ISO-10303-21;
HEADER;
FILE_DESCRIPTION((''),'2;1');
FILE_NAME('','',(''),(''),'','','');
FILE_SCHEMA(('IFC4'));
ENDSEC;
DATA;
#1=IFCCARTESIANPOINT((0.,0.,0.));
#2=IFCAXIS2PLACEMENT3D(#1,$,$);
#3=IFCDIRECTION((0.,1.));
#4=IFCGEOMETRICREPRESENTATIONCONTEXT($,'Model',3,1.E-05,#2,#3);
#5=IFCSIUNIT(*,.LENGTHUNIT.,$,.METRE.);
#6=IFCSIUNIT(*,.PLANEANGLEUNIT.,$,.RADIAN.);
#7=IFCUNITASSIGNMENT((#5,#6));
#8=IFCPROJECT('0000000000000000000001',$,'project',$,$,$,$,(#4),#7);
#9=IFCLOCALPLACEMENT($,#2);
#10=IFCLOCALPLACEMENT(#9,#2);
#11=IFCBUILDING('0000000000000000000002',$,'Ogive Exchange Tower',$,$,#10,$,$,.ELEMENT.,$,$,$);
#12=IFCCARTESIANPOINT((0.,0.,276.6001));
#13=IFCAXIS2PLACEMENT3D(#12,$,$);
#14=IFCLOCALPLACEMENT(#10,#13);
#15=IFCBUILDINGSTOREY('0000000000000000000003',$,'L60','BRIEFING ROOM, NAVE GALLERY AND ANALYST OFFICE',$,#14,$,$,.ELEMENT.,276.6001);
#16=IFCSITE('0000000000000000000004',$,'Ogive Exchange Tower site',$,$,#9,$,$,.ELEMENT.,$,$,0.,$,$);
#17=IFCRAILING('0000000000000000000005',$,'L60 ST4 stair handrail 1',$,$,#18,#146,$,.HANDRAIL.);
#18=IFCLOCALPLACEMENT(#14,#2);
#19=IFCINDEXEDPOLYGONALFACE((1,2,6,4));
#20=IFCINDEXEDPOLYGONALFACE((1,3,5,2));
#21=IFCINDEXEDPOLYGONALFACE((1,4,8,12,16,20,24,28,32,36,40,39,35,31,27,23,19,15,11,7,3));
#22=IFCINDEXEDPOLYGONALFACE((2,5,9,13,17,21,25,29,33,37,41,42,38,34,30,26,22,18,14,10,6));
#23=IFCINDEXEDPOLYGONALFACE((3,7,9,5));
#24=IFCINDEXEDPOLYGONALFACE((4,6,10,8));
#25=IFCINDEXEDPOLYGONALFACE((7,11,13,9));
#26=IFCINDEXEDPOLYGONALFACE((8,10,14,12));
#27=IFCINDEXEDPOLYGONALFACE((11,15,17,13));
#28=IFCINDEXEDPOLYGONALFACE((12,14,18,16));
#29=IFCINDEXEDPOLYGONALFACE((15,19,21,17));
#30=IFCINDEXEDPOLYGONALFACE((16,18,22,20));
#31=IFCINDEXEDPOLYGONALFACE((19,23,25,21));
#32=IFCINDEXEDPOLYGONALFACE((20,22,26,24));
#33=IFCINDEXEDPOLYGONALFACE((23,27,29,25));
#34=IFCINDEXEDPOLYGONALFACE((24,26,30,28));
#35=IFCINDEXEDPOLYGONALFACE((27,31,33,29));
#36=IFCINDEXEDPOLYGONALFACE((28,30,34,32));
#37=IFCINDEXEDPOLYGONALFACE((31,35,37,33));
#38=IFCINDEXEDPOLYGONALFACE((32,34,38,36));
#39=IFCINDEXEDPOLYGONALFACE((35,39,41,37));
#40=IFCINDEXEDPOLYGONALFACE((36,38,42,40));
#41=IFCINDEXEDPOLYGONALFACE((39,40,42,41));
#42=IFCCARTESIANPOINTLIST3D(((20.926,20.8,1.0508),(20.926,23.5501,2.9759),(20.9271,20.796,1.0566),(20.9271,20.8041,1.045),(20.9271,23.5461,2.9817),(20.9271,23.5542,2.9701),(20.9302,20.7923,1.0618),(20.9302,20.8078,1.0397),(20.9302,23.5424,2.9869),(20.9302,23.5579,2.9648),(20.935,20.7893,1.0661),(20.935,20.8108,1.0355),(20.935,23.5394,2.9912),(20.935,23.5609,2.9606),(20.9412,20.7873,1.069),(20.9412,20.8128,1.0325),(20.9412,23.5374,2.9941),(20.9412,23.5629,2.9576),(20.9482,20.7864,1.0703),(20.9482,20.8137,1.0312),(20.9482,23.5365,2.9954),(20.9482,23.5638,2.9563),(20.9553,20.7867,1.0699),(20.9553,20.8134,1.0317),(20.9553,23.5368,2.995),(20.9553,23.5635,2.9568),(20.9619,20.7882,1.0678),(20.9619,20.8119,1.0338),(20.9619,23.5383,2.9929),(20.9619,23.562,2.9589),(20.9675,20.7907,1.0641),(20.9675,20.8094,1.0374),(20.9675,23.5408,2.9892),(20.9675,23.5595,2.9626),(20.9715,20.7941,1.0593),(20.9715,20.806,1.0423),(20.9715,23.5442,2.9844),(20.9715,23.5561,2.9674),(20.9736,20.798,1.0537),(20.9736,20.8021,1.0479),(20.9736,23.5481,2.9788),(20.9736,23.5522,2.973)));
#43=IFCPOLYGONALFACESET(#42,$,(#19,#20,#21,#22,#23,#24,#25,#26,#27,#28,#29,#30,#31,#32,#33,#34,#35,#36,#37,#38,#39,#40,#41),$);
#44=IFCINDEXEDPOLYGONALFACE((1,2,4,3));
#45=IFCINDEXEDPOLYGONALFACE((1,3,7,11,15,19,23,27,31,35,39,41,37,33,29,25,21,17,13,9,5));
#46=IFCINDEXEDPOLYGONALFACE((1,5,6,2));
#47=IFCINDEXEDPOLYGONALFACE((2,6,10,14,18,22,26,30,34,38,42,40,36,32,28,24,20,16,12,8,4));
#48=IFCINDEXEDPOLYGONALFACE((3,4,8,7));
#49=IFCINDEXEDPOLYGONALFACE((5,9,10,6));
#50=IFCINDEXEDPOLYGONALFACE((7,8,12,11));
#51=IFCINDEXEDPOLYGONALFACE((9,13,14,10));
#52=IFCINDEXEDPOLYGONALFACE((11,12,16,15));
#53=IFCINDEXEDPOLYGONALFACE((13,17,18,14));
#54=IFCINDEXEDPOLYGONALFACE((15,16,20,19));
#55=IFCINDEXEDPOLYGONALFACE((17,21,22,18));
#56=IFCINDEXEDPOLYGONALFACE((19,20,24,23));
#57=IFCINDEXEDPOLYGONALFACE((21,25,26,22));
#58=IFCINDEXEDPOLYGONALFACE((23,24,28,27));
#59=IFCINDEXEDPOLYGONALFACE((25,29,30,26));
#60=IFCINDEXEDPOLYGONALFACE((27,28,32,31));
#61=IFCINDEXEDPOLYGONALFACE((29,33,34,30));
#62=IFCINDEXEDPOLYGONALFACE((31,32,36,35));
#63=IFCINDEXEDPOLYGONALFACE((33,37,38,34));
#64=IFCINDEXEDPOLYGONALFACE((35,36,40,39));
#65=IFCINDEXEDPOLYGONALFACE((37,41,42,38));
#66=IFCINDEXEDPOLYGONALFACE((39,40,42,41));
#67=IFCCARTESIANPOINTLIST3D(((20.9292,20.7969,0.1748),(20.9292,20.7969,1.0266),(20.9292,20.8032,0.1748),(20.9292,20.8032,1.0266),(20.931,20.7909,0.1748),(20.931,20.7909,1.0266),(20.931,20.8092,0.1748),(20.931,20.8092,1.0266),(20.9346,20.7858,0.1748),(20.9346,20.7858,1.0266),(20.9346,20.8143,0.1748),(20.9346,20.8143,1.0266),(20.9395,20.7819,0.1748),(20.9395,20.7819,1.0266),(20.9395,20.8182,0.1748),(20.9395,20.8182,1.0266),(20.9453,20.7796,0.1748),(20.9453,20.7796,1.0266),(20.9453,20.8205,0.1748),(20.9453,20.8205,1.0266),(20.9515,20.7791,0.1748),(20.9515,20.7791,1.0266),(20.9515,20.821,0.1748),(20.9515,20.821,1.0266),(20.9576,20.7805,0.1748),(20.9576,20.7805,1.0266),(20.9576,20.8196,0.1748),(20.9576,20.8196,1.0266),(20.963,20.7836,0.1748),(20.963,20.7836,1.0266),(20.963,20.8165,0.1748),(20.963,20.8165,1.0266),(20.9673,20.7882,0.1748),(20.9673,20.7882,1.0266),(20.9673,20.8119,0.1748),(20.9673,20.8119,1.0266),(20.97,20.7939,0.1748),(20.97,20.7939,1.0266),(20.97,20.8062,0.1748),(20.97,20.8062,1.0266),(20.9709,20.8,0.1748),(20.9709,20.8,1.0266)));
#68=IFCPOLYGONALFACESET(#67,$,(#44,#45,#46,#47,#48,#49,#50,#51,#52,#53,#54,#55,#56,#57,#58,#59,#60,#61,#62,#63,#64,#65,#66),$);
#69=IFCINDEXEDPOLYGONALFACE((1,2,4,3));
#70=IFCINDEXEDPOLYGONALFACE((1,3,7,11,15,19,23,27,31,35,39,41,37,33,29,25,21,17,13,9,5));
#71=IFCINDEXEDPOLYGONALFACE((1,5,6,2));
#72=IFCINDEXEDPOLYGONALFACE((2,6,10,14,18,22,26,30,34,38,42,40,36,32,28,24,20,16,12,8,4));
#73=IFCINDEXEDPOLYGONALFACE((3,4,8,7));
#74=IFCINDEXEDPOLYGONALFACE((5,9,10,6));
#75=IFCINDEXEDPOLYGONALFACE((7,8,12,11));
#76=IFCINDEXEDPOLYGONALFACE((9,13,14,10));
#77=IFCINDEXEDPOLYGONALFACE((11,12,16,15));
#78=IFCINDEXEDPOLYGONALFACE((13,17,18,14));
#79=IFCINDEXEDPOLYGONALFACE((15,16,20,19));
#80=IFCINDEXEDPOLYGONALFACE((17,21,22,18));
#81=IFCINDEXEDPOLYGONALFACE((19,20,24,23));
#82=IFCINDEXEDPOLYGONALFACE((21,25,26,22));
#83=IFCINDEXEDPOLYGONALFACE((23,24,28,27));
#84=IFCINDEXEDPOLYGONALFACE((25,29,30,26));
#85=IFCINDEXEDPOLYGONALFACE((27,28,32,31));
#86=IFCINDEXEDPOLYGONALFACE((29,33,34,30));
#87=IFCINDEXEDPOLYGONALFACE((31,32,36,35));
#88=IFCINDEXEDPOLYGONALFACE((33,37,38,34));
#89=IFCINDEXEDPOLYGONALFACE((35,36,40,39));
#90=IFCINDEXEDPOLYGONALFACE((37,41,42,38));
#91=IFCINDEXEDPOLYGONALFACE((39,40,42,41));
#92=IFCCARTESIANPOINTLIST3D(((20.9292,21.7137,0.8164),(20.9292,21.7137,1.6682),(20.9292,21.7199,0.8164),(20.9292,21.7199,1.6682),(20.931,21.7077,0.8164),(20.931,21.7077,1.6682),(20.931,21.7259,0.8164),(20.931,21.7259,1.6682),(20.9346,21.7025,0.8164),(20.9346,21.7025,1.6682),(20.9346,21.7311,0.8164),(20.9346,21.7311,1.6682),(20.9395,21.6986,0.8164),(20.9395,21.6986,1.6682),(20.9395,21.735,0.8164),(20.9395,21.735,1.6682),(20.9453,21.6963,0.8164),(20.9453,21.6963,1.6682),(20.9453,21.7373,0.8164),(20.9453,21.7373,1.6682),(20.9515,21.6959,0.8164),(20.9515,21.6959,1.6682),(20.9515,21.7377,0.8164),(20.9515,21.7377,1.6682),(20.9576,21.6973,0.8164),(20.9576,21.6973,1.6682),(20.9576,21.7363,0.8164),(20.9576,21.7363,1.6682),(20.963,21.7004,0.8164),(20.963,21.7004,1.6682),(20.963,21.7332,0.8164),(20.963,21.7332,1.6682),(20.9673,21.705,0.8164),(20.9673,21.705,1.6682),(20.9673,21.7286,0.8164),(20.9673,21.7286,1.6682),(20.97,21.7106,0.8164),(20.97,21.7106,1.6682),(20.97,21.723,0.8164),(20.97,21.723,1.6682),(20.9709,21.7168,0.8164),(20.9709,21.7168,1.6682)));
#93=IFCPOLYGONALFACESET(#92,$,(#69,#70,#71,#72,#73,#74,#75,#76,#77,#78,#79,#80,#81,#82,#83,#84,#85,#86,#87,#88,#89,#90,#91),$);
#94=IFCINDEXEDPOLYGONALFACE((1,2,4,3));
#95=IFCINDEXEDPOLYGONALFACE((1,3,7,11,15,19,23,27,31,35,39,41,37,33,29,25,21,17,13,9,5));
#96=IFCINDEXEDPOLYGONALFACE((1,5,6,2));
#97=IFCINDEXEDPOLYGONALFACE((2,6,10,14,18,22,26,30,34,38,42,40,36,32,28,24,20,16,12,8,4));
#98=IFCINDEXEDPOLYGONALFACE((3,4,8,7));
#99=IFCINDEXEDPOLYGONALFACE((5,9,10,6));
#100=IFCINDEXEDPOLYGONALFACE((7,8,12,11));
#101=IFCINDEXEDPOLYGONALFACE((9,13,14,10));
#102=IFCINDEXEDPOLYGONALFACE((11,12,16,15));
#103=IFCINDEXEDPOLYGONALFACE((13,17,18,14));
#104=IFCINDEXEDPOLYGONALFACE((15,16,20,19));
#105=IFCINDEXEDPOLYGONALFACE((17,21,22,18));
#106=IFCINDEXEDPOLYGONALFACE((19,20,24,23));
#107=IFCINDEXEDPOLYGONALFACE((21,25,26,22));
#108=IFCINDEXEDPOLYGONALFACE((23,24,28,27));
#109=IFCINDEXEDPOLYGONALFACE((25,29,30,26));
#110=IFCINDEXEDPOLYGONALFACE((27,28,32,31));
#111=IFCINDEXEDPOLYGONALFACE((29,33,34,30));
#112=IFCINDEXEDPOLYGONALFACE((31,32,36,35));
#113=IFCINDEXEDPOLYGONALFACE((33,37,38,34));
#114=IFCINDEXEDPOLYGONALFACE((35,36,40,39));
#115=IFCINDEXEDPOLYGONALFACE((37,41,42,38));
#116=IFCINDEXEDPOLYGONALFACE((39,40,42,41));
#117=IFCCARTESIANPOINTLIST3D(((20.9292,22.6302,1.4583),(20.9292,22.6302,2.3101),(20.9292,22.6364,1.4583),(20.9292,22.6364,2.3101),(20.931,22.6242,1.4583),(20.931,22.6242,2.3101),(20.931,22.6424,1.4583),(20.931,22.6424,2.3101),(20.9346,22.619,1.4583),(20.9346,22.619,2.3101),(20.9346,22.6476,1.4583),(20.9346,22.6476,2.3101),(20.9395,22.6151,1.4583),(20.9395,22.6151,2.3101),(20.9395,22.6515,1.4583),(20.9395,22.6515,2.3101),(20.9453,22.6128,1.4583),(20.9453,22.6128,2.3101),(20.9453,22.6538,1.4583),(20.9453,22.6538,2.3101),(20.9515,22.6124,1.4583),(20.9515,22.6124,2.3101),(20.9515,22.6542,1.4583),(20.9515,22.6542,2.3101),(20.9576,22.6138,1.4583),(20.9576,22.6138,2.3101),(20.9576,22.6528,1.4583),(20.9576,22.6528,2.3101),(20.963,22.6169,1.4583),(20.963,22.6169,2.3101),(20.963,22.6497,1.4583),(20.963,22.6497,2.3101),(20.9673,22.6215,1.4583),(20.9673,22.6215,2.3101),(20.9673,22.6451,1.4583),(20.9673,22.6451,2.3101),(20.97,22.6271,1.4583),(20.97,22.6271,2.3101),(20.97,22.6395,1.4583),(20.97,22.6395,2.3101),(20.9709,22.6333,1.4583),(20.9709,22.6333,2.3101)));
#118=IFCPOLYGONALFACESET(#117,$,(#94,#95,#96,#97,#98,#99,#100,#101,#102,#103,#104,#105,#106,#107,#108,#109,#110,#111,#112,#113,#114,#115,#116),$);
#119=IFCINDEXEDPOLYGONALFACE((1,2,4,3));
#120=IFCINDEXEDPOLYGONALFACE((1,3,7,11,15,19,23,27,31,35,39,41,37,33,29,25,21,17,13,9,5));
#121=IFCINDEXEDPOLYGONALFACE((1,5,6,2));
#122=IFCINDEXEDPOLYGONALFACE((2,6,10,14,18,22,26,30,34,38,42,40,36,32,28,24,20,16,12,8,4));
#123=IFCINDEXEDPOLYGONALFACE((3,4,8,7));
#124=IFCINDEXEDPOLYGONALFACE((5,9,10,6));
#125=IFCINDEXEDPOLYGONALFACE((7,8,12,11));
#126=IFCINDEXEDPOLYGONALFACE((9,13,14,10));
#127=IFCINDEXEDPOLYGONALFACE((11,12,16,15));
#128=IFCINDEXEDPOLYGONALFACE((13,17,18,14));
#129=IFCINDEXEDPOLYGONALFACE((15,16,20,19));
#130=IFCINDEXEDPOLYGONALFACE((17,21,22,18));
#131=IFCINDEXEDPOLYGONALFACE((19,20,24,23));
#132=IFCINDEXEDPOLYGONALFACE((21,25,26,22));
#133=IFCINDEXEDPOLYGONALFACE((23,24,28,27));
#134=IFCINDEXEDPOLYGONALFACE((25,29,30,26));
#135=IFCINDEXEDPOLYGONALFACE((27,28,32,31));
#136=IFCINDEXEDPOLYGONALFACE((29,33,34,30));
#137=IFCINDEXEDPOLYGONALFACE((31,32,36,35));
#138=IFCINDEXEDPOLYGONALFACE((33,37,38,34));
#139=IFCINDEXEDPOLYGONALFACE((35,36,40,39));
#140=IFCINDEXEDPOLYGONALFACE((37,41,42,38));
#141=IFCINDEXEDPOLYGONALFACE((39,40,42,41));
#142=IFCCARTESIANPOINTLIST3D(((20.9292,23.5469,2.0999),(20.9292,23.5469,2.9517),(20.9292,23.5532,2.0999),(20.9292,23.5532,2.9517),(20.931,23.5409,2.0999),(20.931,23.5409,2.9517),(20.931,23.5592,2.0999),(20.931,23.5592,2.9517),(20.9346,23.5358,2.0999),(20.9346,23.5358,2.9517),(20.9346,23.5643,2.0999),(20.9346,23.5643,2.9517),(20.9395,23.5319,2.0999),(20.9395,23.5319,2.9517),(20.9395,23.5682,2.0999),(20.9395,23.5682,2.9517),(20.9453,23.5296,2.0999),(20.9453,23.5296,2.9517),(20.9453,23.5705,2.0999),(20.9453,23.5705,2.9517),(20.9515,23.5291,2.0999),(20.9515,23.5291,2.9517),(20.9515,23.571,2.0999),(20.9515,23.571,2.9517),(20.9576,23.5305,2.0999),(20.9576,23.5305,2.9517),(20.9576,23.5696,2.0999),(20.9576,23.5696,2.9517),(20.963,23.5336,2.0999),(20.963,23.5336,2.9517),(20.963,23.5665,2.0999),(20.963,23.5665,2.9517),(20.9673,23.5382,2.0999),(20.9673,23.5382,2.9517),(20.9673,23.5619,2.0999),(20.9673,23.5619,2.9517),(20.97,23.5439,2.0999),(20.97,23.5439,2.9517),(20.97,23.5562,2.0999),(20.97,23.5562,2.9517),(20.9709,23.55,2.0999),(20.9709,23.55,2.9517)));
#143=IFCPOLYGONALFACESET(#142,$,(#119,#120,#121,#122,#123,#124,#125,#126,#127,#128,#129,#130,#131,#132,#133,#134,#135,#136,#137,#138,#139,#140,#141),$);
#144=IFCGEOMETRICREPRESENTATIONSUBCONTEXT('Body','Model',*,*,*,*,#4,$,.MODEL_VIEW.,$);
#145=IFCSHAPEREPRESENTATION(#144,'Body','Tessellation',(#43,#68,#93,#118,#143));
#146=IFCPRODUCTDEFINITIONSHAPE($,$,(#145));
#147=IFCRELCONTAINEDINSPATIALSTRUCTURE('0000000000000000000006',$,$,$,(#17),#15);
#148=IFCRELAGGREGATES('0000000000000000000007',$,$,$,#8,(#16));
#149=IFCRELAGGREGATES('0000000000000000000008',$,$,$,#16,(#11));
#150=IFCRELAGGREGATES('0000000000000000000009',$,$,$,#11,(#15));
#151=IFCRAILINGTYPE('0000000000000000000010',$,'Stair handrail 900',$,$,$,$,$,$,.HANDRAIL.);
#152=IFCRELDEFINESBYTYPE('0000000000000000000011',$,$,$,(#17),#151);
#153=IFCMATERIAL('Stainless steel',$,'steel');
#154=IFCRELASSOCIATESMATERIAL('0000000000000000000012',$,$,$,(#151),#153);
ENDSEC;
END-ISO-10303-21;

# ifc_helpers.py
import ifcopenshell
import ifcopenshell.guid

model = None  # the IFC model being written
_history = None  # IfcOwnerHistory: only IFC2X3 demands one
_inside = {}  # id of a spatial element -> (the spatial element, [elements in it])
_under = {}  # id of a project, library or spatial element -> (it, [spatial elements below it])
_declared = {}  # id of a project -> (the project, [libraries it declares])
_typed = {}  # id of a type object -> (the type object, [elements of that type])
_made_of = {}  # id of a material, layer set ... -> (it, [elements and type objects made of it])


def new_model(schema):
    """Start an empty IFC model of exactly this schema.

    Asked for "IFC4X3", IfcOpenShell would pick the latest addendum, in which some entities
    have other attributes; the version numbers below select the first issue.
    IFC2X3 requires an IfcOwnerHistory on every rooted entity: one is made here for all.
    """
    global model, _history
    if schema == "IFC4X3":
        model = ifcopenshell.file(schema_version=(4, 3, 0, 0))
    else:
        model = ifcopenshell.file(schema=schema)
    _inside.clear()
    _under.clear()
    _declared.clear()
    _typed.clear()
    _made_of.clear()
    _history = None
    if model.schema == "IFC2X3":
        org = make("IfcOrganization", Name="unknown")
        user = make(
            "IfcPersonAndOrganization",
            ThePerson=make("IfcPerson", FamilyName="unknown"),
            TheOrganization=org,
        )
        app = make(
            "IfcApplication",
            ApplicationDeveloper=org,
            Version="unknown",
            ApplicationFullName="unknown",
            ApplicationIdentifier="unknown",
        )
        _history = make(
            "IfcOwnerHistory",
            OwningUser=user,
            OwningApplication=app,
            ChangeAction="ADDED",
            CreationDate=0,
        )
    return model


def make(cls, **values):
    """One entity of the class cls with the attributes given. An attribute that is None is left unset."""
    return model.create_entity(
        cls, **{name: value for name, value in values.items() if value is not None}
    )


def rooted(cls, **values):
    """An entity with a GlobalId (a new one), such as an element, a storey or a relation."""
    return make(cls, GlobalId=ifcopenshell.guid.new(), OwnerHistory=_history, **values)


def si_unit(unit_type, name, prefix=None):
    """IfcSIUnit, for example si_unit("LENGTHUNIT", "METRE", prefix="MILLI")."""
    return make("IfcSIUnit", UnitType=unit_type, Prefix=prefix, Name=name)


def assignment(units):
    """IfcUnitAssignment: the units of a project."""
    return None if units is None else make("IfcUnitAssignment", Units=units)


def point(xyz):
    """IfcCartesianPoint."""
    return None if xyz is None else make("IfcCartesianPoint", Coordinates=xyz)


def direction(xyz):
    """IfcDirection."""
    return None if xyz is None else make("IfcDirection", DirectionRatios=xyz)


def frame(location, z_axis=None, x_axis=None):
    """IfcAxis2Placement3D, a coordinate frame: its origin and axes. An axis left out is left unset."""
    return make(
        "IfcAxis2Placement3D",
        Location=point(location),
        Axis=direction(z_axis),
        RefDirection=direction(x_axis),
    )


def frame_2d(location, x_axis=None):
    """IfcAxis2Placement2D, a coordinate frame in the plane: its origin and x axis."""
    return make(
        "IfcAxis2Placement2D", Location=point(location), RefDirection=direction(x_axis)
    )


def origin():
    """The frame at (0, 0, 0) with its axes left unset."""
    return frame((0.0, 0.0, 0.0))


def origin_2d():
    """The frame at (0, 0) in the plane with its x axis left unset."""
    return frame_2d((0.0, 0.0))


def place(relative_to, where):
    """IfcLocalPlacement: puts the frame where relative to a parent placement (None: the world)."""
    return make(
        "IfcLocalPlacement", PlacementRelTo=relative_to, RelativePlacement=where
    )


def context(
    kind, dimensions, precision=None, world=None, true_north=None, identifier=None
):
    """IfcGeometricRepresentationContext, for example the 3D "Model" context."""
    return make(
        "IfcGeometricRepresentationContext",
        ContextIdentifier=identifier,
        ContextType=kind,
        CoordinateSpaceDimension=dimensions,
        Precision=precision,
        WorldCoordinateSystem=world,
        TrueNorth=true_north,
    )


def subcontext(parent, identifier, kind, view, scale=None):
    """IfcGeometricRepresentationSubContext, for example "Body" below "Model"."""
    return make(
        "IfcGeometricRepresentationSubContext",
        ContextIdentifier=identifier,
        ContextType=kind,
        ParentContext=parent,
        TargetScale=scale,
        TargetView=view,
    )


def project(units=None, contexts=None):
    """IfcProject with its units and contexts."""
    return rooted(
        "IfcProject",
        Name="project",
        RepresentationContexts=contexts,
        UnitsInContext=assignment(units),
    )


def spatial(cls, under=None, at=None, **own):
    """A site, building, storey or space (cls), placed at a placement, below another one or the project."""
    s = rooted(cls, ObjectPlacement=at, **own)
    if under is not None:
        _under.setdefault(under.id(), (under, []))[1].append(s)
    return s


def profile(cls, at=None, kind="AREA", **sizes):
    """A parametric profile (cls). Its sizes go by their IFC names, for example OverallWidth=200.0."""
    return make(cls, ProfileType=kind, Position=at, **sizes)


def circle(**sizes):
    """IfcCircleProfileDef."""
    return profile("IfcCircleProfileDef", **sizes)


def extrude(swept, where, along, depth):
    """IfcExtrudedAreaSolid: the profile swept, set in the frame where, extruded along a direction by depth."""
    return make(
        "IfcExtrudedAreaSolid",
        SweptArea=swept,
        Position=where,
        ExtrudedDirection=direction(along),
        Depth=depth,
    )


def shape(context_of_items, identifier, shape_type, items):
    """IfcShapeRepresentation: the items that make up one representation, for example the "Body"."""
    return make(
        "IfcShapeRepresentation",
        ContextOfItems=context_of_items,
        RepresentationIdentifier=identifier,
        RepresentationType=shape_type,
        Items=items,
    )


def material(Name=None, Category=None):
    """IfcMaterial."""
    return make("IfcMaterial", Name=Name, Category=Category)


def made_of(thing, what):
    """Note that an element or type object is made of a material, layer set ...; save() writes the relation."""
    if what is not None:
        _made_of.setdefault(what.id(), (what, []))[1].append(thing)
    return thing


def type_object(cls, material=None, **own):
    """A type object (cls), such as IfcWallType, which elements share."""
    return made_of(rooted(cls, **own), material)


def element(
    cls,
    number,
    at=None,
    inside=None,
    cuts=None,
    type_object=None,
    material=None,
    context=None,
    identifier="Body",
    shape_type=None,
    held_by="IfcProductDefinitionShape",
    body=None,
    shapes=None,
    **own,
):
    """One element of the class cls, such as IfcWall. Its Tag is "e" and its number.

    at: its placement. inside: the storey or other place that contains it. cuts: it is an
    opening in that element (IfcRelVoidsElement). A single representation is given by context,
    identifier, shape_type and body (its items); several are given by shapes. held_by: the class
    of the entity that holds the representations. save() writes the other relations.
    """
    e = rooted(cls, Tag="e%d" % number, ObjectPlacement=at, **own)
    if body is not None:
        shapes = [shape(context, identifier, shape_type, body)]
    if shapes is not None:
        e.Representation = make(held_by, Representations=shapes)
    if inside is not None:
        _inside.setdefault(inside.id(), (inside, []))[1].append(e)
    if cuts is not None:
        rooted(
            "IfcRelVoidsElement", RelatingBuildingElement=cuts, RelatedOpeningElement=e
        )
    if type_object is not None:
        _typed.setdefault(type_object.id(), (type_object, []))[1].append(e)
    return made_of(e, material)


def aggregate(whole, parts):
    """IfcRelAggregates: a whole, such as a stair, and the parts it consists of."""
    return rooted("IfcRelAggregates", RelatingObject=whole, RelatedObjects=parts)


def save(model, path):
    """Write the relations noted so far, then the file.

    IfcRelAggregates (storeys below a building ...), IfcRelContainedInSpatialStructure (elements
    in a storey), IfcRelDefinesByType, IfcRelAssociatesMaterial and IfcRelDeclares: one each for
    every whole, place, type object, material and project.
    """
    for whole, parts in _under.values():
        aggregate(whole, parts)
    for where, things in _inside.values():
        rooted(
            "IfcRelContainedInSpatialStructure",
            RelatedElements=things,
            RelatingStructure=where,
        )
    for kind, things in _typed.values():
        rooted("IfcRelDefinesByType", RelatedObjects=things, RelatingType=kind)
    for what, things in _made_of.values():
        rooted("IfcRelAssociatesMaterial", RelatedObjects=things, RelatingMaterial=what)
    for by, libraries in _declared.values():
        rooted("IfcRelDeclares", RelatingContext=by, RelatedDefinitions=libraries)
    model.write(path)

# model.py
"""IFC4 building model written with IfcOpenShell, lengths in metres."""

from ifc_helpers import new_model, si_unit, direction, frame, origin, origin_2d, place, context, subcontext, project, spatial, circle, extrude, material, type_object, element, save


model = new_model("IFC4")

# Units and contexts
model_context = context("Model", 3, precision=1e-05, world=origin(), true_north=direction((0.0, 1.0)))
body_context = subcontext(model_context, "Body", "Model", "MODEL_VIEW")
ifc_project = project(units=[si_unit("LENGTHUNIT", "METRE"), si_unit("PLANEANGLEUNIT", "RADIAN")], contexts=[model_context])

# Site, building, storey
site_placement = place(None, origin())
site = spatial("IfcSite", under=ifc_project, at=site_placement, Name="Ogive Exchange Tower site", CompositionType="ELEMENT", RefElevation=0.0)
building_placement = place(site_placement, origin())
building = spatial("IfcBuilding", under=site, at=building_placement, Name="Ogive Exchange Tower", CompositionType="ELEMENT")
storey_placement = place(building_placement, frame((0.0, 0.0, 276.6001)))
storey = spatial("IfcBuildingStorey", under=building, at=storey_placement, Name="L60", Description="BRIEFING ROOM, NAVE GALLERY AND ANALYST OFFICE", CompositionType="ELEMENT", Elevation=276.6001)

# Railing
ifc_material_1 = material(Name="Stainless steel", Category="steel")
railing_type = type_object("IfcRailingType", Name="Stair handrail 900", PredefinedType="HANDRAIL", material=ifc_material_1)
railing_placement = place(storey_placement, frame((20.95, 20.8, 0.1748)))
element("IfcRailing", 1, at=railing_placement, inside=storey, type_object=railing_type, Name="L60 ST4 stair handrail 1", PredefinedType="HANDRAIL", context=body_context, shape_type="SweptSolid", body=[
    extrude(circle(Radius=0.0239, at=origin_2d()), frame((0.0, 0.0, 0.876), z_axis=(0.0, 0.819225, 0.573472), x_axis=(-1.0, 0.0, 0.0)), (0.0, 0.0, 1.0), 3.3569),
    extrude(circle(Radius=0.021, at=origin_2d()), origin(), (0.0, 0.0, 1.0), 0.8518),
    extrude(circle(Radius=0.021, at=origin_2d()), frame((0.0, 0.9167, 0.6416)), (0.0, 0.0, 1.0), 0.8518),
    extrude(circle(Radius=0.021, at=origin_2d()), frame((0.0, 1.8333, 1.2834)), (0.0, 0.0, 1.0), 0.8518),
    extrude(circle(Radius=0.021, at=origin_2d()), frame((0.0, 2.75, 1.925)), (0.0, 0.0, 1.0), 0.8518),
])

save(model, "model.ifc")
